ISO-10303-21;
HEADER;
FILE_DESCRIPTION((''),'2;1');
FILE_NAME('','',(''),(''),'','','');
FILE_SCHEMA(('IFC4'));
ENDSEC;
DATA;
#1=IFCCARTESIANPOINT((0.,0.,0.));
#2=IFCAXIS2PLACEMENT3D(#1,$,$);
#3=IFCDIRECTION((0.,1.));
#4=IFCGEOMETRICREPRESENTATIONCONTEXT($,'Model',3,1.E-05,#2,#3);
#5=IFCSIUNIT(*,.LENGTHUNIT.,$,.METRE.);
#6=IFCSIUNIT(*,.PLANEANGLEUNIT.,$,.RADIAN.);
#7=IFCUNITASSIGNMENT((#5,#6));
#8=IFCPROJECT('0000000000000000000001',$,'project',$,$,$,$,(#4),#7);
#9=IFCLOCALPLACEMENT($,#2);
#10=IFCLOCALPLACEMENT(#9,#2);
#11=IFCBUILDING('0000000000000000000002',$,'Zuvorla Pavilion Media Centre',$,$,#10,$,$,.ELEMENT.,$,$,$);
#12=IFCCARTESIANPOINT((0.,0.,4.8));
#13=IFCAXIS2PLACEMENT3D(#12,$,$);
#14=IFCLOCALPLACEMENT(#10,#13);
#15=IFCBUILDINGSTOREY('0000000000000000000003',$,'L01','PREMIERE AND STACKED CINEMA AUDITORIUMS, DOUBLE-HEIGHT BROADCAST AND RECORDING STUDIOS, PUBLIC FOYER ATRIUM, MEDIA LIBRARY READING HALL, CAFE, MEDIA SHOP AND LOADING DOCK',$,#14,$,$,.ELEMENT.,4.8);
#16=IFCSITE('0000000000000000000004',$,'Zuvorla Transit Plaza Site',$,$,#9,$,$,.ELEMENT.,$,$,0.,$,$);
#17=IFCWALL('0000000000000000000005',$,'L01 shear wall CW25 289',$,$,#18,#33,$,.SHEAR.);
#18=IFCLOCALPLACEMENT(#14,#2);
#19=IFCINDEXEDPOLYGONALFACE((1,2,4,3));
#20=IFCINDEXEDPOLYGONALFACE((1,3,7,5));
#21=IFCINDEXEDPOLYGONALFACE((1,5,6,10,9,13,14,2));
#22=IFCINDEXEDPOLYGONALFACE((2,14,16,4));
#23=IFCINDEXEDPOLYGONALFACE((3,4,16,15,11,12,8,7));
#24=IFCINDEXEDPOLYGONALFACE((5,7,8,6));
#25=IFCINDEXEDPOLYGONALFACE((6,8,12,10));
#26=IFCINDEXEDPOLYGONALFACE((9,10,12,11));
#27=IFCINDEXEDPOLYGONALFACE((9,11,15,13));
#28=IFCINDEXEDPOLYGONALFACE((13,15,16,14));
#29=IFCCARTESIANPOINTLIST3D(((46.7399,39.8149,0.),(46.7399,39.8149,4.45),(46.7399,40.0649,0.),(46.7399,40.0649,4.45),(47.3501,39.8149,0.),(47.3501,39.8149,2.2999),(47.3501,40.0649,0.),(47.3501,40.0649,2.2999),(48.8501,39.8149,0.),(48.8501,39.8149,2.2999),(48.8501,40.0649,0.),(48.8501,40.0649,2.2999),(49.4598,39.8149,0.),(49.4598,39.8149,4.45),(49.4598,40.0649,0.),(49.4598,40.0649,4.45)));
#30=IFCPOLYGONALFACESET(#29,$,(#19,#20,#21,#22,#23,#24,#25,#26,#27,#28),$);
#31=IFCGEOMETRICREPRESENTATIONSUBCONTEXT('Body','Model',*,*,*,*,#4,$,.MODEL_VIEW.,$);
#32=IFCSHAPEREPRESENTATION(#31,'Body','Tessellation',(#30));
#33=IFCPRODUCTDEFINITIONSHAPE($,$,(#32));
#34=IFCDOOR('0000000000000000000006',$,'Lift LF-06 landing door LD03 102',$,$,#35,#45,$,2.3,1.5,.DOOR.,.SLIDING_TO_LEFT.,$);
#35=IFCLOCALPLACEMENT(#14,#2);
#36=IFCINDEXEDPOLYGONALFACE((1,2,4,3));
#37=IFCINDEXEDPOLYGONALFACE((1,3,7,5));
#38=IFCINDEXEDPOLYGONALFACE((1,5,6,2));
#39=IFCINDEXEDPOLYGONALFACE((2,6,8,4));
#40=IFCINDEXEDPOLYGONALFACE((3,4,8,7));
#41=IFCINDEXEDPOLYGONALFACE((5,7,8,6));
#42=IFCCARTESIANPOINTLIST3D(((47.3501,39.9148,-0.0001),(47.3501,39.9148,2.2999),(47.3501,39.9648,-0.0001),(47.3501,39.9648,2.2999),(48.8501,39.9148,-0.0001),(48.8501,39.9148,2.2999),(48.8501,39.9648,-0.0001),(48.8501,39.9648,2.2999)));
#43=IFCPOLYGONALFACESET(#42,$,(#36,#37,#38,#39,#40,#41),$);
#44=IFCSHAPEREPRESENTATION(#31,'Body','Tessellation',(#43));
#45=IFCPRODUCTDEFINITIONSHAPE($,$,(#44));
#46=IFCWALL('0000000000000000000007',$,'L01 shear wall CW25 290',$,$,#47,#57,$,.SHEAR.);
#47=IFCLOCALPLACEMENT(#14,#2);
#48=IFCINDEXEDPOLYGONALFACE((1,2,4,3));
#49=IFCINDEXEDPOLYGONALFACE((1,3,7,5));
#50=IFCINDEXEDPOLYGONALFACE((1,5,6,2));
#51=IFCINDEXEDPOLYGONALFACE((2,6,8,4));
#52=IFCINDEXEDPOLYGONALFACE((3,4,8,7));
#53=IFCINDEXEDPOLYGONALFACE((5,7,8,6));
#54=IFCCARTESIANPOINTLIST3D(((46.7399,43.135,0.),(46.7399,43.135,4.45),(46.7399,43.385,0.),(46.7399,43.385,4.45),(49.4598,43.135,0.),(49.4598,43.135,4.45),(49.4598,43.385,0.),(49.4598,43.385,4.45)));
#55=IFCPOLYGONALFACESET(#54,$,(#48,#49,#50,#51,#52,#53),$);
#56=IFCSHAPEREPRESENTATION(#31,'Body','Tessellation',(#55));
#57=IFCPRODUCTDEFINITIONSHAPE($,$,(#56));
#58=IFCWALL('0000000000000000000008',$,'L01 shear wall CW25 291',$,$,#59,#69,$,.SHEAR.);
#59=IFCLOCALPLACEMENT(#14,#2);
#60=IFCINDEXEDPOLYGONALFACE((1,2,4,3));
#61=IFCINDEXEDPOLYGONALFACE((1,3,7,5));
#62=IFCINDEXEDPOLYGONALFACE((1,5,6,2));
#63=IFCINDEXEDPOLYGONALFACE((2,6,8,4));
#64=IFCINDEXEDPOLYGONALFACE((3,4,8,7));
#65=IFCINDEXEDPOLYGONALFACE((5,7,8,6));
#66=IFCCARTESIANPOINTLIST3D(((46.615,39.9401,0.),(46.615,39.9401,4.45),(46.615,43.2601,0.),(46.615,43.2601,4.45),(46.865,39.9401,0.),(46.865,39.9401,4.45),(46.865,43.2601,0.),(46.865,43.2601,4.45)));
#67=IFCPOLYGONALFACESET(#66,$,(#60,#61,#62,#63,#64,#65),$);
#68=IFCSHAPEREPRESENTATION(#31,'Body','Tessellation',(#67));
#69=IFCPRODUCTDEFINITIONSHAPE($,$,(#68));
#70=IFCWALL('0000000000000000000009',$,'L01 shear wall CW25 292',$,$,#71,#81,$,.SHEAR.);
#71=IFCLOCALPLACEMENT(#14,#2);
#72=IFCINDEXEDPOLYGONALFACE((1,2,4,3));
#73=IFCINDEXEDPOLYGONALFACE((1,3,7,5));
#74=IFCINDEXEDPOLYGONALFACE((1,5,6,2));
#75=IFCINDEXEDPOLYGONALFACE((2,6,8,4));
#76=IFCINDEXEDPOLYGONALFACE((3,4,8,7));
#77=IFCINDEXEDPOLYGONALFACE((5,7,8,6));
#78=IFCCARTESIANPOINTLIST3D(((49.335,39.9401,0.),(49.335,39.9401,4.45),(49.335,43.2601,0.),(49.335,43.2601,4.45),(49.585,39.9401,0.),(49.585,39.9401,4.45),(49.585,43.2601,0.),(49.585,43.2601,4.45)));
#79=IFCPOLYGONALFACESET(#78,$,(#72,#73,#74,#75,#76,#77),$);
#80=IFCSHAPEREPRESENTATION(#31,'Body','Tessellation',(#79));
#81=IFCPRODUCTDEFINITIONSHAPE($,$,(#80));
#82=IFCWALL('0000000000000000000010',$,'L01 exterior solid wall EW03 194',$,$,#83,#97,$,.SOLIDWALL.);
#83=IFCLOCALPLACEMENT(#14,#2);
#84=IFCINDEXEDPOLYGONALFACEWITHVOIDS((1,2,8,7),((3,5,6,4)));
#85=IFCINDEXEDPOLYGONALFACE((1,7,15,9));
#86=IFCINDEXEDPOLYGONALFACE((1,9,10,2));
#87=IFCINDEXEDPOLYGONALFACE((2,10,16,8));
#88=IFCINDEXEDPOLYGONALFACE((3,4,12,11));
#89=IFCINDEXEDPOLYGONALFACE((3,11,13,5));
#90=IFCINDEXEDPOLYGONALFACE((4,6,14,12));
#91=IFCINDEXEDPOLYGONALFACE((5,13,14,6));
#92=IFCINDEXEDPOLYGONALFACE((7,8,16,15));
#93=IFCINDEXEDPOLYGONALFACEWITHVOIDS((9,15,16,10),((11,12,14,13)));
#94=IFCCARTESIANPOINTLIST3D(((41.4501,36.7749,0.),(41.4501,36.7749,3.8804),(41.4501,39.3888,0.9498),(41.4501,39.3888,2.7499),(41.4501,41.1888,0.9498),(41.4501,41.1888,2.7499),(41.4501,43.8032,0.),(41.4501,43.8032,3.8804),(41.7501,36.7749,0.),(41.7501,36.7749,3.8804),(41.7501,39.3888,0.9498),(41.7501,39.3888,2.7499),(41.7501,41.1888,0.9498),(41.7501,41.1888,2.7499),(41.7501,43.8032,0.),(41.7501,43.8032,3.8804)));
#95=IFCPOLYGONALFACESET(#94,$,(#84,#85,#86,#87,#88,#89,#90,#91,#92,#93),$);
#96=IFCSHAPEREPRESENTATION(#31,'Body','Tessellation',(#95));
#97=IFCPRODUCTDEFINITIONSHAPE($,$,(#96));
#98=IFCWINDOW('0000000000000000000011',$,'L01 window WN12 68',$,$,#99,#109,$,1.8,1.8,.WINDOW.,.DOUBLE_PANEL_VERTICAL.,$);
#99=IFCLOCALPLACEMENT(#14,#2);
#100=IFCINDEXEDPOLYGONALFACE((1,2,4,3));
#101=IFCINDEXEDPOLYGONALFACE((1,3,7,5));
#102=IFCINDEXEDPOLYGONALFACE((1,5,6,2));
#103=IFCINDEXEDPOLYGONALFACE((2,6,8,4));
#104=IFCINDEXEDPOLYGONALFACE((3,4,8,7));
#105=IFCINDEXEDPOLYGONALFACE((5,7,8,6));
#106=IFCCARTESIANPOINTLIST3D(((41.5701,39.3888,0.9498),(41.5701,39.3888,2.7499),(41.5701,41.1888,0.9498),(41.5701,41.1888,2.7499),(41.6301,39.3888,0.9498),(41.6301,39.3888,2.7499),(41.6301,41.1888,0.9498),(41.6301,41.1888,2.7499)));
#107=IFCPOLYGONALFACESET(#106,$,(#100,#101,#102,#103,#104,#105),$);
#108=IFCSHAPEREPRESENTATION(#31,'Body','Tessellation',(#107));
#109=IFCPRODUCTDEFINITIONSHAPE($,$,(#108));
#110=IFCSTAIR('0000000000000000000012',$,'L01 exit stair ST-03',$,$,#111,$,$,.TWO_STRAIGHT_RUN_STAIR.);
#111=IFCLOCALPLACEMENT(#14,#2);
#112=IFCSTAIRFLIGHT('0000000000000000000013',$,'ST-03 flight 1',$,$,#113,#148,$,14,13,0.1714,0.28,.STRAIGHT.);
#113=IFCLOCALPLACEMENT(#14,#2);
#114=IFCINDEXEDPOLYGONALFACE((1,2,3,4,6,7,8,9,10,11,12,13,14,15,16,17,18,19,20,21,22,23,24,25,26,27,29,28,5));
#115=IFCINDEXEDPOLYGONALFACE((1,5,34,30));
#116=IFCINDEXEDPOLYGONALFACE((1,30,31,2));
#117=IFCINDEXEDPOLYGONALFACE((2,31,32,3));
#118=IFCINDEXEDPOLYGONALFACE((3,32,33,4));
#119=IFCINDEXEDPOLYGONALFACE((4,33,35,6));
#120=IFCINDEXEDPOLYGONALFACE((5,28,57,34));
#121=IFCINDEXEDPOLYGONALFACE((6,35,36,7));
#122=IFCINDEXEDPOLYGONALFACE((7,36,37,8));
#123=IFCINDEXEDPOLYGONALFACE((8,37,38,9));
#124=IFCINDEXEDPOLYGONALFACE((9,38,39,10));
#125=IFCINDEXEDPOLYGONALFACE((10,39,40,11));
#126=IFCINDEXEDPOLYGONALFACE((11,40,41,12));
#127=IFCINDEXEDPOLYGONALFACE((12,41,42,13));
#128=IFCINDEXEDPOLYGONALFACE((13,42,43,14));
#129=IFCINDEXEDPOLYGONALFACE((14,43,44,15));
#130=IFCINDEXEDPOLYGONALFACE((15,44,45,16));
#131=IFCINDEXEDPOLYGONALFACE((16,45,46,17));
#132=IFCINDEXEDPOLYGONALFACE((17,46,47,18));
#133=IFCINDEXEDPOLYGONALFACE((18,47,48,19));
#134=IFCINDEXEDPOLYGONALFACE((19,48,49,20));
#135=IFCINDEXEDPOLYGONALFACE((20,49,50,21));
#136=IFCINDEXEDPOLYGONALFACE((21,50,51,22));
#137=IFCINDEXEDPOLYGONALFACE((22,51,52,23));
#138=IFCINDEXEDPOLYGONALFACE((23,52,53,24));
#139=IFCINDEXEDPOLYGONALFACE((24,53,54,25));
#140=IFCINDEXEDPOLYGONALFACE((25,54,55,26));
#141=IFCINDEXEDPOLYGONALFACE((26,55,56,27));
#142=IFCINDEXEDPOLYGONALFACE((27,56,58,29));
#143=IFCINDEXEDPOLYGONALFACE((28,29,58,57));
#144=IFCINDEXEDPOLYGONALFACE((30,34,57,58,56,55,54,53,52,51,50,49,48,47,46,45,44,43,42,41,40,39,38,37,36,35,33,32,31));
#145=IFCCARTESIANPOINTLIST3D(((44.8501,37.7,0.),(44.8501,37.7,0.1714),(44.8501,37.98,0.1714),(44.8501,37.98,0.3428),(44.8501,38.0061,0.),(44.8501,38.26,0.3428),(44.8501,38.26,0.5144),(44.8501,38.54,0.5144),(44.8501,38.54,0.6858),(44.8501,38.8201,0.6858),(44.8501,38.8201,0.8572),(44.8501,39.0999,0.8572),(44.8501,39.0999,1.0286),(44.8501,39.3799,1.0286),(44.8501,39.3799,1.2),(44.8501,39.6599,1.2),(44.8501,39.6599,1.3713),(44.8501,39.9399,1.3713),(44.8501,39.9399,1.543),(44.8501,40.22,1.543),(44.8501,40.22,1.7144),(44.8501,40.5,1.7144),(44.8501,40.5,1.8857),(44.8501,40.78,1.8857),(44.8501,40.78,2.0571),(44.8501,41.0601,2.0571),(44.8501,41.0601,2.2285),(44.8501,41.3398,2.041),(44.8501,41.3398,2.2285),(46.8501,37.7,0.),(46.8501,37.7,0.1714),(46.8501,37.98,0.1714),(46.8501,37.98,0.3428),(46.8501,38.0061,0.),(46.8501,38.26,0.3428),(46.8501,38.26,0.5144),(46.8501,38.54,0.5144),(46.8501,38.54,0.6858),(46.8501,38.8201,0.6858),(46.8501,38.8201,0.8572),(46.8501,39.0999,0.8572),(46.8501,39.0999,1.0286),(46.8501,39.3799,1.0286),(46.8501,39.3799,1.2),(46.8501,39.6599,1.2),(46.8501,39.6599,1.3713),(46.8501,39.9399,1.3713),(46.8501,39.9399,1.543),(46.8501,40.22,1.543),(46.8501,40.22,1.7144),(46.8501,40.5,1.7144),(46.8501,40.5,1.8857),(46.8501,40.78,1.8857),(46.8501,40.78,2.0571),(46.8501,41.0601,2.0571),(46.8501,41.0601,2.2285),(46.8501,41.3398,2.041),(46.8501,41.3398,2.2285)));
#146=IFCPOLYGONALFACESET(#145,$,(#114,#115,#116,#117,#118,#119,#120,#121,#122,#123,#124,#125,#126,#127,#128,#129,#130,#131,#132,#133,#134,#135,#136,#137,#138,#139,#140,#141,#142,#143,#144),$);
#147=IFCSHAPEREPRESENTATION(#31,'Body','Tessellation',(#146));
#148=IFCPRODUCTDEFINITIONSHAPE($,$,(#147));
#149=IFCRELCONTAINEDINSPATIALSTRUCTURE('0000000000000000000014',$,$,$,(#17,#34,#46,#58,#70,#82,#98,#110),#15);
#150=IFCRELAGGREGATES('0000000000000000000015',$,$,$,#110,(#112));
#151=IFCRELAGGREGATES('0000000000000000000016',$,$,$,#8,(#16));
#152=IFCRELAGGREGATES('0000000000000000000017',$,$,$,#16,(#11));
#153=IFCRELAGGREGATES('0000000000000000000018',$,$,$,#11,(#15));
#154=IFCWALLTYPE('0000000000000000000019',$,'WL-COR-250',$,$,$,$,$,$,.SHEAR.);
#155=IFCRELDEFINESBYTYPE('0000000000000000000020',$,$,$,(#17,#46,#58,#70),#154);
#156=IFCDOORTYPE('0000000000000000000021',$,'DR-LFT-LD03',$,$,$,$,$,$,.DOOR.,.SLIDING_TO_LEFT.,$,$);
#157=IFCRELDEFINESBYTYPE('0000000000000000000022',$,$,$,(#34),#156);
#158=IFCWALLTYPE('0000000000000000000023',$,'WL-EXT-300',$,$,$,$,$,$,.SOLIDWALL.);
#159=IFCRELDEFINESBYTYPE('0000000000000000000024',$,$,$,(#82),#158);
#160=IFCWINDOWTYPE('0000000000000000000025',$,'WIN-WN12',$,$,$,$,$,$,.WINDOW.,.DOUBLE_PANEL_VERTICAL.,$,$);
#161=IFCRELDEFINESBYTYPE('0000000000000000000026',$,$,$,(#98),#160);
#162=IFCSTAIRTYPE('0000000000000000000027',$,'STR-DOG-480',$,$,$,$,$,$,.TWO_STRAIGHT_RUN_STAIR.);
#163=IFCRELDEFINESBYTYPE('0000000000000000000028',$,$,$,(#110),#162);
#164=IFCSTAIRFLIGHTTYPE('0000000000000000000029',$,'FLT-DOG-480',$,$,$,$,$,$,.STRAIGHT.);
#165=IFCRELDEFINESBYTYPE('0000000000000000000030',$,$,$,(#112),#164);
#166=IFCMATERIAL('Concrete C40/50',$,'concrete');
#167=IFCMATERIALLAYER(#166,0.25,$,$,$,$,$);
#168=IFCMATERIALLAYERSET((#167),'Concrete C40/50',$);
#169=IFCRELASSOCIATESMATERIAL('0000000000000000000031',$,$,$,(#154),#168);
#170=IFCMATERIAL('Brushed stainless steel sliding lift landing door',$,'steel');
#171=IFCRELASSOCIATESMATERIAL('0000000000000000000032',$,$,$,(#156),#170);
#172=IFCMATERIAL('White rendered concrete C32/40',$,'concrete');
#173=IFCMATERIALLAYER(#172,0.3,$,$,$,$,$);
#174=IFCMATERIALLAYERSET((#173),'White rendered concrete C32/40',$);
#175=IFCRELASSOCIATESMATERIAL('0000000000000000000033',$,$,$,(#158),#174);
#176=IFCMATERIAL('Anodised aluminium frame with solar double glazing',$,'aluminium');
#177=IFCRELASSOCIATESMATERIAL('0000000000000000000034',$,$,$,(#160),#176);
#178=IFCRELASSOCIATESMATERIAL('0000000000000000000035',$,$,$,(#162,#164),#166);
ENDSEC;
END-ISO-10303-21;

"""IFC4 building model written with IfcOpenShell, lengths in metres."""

from ifc_helpers import new_model, si_unit, direction, frame, frame_2d, origin, place, context, subcontext, project, spatial, polyline, rectangle, outline, extrude, material, layer, layer_set, type_object, element, fill, aggregate, save


model = new_model("IFC4")

# Units and contexts
model_context = context("Model", 3, precision=1e-05, world=origin(), true_north=direction((0.0, 1.0)))
body_context = subcontext(model_context, "Body", "Model", "MODEL_VIEW")
ifc_project = project(units=[si_unit("LENGTHUNIT", "METRE"), si_unit("PLANEANGLEUNIT", "RADIAN")], contexts=[model_context])

# Site, building, storey
site_placement = place(None, origin())
site = spatial("IfcSite", under=ifc_project, at=site_placement, Name="Zuvorla Transit Plaza Site", CompositionType="ELEMENT", RefElevation=0.0)
building_placement = place(site_placement, origin())
building = spatial("IfcBuilding", under=site, at=building_placement, Name="Zuvorla Pavilion Media Centre", CompositionType="ELEMENT")
storey_placement = place(building_placement, frame((0.0, 0.0, 4.8)))
storey = spatial("IfcBuildingStorey", under=building, at=storey_placement, Name="L01", Description="PREMIERE AND STACKED CINEMA AUDITORIUMS, DOUBLE-HEIGHT BROADCAST AND RECORDING STUDIOS, PUBLIC FOYER ATRIUM, MEDIA LIBRARY READING HALL, CAFE, MEDIA SHOP AND LOADING DOCK", CompositionType="ELEMENT", Elevation=4.8)

# Shared definitions
ifc_material_1 = material(Name="Concrete C40/50", Category="concrete")

# Shared definitions
ifc_layer_1 = layer(ifc_material_1, 0.25)
ifc_layer_set_1 = layer_set([ifc_layer_1], Name="Concrete C40/50")
wall_type_1 = type_object("IfcWallType", Name="WL-COR-250", PredefinedType="SHEAR", material=ifc_layer_set_1)

# Shared definitions
ifc_material_2 = material(Name="Brushed stainless steel sliding lift landing door", Category="steel")

# Wall, opening, door
wall_1_placement = place(storey_placement, frame((46.74, 39.9399, 0.0), z_axis=(0.0, 0.0, 1.0), x_axis=(1.0, 0.0, 0.0)))
wall_1 = element("IfcWall", 1, at=wall_1_placement, inside=storey, type_object=wall_type_1, Name="L01 shear wall CW25 289", PredefinedType="SHEAR", context=body_context, shape_type="SweptSolid", body=[
    extrude(rectangle(XDim=2.72, YDim=0.25, at=frame_2d((1.3599, 0.0))), origin(), (0.0, 0.0, 1.0), 4.45),
])
opening_1_placement = place(wall_1_placement, frame((0.6101, 0.0, 0.0)))
opening_1 = element("IfcOpeningElement", 2, at=opening_1_placement, cuts=wall_1, PredefinedType="OPENING", context=body_context, shape_type="SweptSolid", body=[
    extrude(rectangle(XDim=1.5, YDim=2.3, at=frame_2d((0.75, 1.1499))), frame((0.0, 0.135, 0.0), z_axis=(0.0, -1.0, 0.0), x_axis=(1.0, 0.0, 0.0)), (0.0, 0.0, 1.0), 0.27),
])
door_type_1 = type_object("IfcDoorType", Name="DR-LFT-LD03", OperationType="SLIDING_TO_LEFT", PredefinedType="DOOR", material=ifc_material_2)
door_1_placement = place(opening_1_placement, origin())
door_1 = element("IfcDoor", 3, at=door_1_placement, inside=storey, type_object=door_type_1, Name="Lift LF-06 landing door LD03 102", OperationType="SLIDING_TO_LEFT", OverallHeight=2.3, OverallWidth=1.5, PredefinedType="DOOR", context=body_context, shape_type="SweptSolid", body=[
    extrude(rectangle(XDim=1.5, YDim=2.3, at=frame_2d((0.75, 1.1499))), frame((0.0, 0.0249, 0.0), z_axis=(0.0, -1.0, 0.0), x_axis=(1.0, 0.0, 0.0)), (0.0, 0.0, 1.0), 0.05),
])
fill(opening_1, door_1)

# Walls
wall_2_placement = place(storey_placement, frame((46.74, 43.26, 0.0), z_axis=(0.0, 0.0, 1.0), x_axis=(1.0, 0.0, 0.0)))
element("IfcWall", 4, at=wall_2_placement, inside=storey, type_object=wall_type_1, Name="L01 shear wall CW25 290", PredefinedType="SHEAR", context=body_context, shape_type="SweptSolid", body=[
    extrude(rectangle(XDim=2.72, YDim=0.25, at=frame_2d((1.3599, 0.0))), origin(), (0.0, 0.0, 1.0), 4.45),
])
for number, where, z_axis, x_axis, name in (
    (5, (46.74, 39.9399, 0.0), (0.0, 0.0, 1.0), (0.0, 1.0, 0.0), "L01 shear wall CW25 291"),
    (6, (49.46, 39.9399, 0.0), (0.0, 0.0, 1.0), (0.0, 1.0, 0.0), "L01 shear wall CW25 292"),
):
    element("IfcWall", number, at=place(storey_placement, frame(where, z_axis=z_axis, x_axis=x_axis)), inside=storey, type_object=wall_type_1, Name=name, PredefinedType="SHEAR", context=body_context, shape_type="SweptSolid", body=[
        extrude(rectangle(XDim=3.3201, YDim=0.25, at=frame_2d((1.6602, 0.0))), origin(), (0.0, 0.0, 1.0), 4.45),
    ])

# Wall, opening, window
ifc_material_3 = material(Name="White rendered concrete C32/40", Category="concrete")
ifc_layer_2 = layer(ifc_material_3, 0.3)
ifc_layer_set_2 = layer_set([ifc_layer_2], Name="White rendered concrete C32/40")
wall_type_2 = type_object("IfcWallType", Name="WL-EXT-300", PredefinedType="SOLIDWALL", material=ifc_layer_set_2)
wall_3_placement = place(storey_placement, frame((41.6001, 36.7749, 0.0), z_axis=(0.0, 0.0, 1.0), x_axis=(0.0, 1.0, 0.0)))
wall_3 = element("IfcWall", 7, at=wall_3_placement, inside=storey, type_object=wall_type_2, Name="L01 exterior solid wall EW03 194", PredefinedType="SOLIDWALL", context=body_context, shape_type="SweptSolid", body=[
    extrude(rectangle(XDim=7.0283, YDim=0.3, at=frame_2d((3.5142, 0.0))), origin(), (0.0, 0.0, 1.0), 3.8804),
])
opening_2_placement = place(wall_3_placement, frame((2.614, 0.0, 0.95)))
opening_2 = element("IfcOpeningElement", 8, at=opening_2_placement, cuts=wall_3, PredefinedType="OPENING", context=body_context, shape_type="SweptSolid", body=[
    extrude(rectangle(XDim=1.8, YDim=1.8, at=frame_2d((0.8999, 0.8999))), frame((0.0, 0.1599, 0.0), z_axis=(0.0, -1.0, 0.0), x_axis=(1.0, 0.0, 0.0)), (0.0, 0.0, 1.0), 0.3201),
])
ifc_material_4 = material(Name="Anodised aluminium frame with solar double glazing", Category="aluminium")
window_type = type_object("IfcWindowType", Name="WIN-WN12", PartitioningType="DOUBLE_PANEL_VERTICAL", PredefinedType="WINDOW", material=ifc_material_4)
window_placement = place(opening_2_placement, origin())
window = element("IfcWindow", 9, at=window_placement, inside=storey, type_object=window_type, Name="L01 window WN12 68", OverallHeight=1.8, OverallWidth=1.8, PartitioningType="DOUBLE_PANEL_VERTICAL", PredefinedType="WINDOW", context=body_context, shape_type="SweptSolid", body=[
    extrude(rectangle(XDim=1.8, YDim=1.8, at=frame_2d((0.8999, 0.8999))), frame((0.0, 0.03, 0.0), z_axis=(0.0, -1.0, 0.0), x_axis=(1.0, 0.0, 0.0)), (0.0, 0.0, 1.0), 0.0601),
])
fill(opening_2, window)

# Stair, stair flight
stair_type = type_object("IfcStairType", Name="STR-DOG-480", PredefinedType="TWO_STRAIGHT_RUN_STAIR", material=ifc_material_1)
stair_placement = place(storey_placement, origin())
stair = element("IfcStair", 10, at=stair_placement, inside=storey, type_object=stair_type, Name="L01 exit stair ST-03", PredefinedType="TWO_STRAIGHT_RUN_STAIR")
stair_flight_type = type_object("IfcStairFlightType", Name="FLT-DOG-480", PredefinedType="STRAIGHT", material=ifc_material_1)
stair_flight_1_placement = place(storey_placement, frame((45.8501, 37.7, 0.0), z_axis=(0.0, 0.0, 1.0), x_axis=(0.0, 1.0, 0.0)))
stair_flight_1 = element("IfcStairFlight", 11, at=stair_flight_1_placement, type_object=stair_flight_type, Name="ST-03 flight 1", NumberOfRisers=14, NumberOfTreads=13, PredefinedType="STRAIGHT", RiserHeight=0.1714, TreadLength=0.28, context=body_context, shape_type="SweptSolid", body=[
    extrude(outline(polyline([(0.0, 0.0), (0.0, 0.1714), (0.28, 0.1714), (0.28, 0.3428), (0.5601, 0.3428), (0.5601, 0.5144), (0.8401, 0.5144), (0.8401, 0.6858), (1.1201, 0.6858), (1.1201, 0.8572), (1.3999, 0.8572), (1.3999, 1.0286), (1.6799, 1.0286), (1.6799, 1.2), (1.96, 1.2), (1.96, 1.3713), (2.24, 1.3713), (2.24, 1.543), (2.52, 1.543), (2.52, 1.7144), (2.8, 1.7144), (2.8, 1.8857), (3.0801, 1.8857), (3.0801, 2.0571), (3.3601, 2.0571), (3.3601, 2.2285), (3.6399, 2.2285), (3.6399, 2.3999), (3.6399, 2.041), (0.3062, 0.0), (0.0, 0.0)])), frame((0.0, 1.0, 0.0), z_axis=(0.0, -1.0, 0.0), x_axis=(1.0, 0.0, 0.0)), (0.0, 0.0, 1.0), 2.0),
])
aggregate(stair, [stair_flight_1])

save(model, "model.ifc")
